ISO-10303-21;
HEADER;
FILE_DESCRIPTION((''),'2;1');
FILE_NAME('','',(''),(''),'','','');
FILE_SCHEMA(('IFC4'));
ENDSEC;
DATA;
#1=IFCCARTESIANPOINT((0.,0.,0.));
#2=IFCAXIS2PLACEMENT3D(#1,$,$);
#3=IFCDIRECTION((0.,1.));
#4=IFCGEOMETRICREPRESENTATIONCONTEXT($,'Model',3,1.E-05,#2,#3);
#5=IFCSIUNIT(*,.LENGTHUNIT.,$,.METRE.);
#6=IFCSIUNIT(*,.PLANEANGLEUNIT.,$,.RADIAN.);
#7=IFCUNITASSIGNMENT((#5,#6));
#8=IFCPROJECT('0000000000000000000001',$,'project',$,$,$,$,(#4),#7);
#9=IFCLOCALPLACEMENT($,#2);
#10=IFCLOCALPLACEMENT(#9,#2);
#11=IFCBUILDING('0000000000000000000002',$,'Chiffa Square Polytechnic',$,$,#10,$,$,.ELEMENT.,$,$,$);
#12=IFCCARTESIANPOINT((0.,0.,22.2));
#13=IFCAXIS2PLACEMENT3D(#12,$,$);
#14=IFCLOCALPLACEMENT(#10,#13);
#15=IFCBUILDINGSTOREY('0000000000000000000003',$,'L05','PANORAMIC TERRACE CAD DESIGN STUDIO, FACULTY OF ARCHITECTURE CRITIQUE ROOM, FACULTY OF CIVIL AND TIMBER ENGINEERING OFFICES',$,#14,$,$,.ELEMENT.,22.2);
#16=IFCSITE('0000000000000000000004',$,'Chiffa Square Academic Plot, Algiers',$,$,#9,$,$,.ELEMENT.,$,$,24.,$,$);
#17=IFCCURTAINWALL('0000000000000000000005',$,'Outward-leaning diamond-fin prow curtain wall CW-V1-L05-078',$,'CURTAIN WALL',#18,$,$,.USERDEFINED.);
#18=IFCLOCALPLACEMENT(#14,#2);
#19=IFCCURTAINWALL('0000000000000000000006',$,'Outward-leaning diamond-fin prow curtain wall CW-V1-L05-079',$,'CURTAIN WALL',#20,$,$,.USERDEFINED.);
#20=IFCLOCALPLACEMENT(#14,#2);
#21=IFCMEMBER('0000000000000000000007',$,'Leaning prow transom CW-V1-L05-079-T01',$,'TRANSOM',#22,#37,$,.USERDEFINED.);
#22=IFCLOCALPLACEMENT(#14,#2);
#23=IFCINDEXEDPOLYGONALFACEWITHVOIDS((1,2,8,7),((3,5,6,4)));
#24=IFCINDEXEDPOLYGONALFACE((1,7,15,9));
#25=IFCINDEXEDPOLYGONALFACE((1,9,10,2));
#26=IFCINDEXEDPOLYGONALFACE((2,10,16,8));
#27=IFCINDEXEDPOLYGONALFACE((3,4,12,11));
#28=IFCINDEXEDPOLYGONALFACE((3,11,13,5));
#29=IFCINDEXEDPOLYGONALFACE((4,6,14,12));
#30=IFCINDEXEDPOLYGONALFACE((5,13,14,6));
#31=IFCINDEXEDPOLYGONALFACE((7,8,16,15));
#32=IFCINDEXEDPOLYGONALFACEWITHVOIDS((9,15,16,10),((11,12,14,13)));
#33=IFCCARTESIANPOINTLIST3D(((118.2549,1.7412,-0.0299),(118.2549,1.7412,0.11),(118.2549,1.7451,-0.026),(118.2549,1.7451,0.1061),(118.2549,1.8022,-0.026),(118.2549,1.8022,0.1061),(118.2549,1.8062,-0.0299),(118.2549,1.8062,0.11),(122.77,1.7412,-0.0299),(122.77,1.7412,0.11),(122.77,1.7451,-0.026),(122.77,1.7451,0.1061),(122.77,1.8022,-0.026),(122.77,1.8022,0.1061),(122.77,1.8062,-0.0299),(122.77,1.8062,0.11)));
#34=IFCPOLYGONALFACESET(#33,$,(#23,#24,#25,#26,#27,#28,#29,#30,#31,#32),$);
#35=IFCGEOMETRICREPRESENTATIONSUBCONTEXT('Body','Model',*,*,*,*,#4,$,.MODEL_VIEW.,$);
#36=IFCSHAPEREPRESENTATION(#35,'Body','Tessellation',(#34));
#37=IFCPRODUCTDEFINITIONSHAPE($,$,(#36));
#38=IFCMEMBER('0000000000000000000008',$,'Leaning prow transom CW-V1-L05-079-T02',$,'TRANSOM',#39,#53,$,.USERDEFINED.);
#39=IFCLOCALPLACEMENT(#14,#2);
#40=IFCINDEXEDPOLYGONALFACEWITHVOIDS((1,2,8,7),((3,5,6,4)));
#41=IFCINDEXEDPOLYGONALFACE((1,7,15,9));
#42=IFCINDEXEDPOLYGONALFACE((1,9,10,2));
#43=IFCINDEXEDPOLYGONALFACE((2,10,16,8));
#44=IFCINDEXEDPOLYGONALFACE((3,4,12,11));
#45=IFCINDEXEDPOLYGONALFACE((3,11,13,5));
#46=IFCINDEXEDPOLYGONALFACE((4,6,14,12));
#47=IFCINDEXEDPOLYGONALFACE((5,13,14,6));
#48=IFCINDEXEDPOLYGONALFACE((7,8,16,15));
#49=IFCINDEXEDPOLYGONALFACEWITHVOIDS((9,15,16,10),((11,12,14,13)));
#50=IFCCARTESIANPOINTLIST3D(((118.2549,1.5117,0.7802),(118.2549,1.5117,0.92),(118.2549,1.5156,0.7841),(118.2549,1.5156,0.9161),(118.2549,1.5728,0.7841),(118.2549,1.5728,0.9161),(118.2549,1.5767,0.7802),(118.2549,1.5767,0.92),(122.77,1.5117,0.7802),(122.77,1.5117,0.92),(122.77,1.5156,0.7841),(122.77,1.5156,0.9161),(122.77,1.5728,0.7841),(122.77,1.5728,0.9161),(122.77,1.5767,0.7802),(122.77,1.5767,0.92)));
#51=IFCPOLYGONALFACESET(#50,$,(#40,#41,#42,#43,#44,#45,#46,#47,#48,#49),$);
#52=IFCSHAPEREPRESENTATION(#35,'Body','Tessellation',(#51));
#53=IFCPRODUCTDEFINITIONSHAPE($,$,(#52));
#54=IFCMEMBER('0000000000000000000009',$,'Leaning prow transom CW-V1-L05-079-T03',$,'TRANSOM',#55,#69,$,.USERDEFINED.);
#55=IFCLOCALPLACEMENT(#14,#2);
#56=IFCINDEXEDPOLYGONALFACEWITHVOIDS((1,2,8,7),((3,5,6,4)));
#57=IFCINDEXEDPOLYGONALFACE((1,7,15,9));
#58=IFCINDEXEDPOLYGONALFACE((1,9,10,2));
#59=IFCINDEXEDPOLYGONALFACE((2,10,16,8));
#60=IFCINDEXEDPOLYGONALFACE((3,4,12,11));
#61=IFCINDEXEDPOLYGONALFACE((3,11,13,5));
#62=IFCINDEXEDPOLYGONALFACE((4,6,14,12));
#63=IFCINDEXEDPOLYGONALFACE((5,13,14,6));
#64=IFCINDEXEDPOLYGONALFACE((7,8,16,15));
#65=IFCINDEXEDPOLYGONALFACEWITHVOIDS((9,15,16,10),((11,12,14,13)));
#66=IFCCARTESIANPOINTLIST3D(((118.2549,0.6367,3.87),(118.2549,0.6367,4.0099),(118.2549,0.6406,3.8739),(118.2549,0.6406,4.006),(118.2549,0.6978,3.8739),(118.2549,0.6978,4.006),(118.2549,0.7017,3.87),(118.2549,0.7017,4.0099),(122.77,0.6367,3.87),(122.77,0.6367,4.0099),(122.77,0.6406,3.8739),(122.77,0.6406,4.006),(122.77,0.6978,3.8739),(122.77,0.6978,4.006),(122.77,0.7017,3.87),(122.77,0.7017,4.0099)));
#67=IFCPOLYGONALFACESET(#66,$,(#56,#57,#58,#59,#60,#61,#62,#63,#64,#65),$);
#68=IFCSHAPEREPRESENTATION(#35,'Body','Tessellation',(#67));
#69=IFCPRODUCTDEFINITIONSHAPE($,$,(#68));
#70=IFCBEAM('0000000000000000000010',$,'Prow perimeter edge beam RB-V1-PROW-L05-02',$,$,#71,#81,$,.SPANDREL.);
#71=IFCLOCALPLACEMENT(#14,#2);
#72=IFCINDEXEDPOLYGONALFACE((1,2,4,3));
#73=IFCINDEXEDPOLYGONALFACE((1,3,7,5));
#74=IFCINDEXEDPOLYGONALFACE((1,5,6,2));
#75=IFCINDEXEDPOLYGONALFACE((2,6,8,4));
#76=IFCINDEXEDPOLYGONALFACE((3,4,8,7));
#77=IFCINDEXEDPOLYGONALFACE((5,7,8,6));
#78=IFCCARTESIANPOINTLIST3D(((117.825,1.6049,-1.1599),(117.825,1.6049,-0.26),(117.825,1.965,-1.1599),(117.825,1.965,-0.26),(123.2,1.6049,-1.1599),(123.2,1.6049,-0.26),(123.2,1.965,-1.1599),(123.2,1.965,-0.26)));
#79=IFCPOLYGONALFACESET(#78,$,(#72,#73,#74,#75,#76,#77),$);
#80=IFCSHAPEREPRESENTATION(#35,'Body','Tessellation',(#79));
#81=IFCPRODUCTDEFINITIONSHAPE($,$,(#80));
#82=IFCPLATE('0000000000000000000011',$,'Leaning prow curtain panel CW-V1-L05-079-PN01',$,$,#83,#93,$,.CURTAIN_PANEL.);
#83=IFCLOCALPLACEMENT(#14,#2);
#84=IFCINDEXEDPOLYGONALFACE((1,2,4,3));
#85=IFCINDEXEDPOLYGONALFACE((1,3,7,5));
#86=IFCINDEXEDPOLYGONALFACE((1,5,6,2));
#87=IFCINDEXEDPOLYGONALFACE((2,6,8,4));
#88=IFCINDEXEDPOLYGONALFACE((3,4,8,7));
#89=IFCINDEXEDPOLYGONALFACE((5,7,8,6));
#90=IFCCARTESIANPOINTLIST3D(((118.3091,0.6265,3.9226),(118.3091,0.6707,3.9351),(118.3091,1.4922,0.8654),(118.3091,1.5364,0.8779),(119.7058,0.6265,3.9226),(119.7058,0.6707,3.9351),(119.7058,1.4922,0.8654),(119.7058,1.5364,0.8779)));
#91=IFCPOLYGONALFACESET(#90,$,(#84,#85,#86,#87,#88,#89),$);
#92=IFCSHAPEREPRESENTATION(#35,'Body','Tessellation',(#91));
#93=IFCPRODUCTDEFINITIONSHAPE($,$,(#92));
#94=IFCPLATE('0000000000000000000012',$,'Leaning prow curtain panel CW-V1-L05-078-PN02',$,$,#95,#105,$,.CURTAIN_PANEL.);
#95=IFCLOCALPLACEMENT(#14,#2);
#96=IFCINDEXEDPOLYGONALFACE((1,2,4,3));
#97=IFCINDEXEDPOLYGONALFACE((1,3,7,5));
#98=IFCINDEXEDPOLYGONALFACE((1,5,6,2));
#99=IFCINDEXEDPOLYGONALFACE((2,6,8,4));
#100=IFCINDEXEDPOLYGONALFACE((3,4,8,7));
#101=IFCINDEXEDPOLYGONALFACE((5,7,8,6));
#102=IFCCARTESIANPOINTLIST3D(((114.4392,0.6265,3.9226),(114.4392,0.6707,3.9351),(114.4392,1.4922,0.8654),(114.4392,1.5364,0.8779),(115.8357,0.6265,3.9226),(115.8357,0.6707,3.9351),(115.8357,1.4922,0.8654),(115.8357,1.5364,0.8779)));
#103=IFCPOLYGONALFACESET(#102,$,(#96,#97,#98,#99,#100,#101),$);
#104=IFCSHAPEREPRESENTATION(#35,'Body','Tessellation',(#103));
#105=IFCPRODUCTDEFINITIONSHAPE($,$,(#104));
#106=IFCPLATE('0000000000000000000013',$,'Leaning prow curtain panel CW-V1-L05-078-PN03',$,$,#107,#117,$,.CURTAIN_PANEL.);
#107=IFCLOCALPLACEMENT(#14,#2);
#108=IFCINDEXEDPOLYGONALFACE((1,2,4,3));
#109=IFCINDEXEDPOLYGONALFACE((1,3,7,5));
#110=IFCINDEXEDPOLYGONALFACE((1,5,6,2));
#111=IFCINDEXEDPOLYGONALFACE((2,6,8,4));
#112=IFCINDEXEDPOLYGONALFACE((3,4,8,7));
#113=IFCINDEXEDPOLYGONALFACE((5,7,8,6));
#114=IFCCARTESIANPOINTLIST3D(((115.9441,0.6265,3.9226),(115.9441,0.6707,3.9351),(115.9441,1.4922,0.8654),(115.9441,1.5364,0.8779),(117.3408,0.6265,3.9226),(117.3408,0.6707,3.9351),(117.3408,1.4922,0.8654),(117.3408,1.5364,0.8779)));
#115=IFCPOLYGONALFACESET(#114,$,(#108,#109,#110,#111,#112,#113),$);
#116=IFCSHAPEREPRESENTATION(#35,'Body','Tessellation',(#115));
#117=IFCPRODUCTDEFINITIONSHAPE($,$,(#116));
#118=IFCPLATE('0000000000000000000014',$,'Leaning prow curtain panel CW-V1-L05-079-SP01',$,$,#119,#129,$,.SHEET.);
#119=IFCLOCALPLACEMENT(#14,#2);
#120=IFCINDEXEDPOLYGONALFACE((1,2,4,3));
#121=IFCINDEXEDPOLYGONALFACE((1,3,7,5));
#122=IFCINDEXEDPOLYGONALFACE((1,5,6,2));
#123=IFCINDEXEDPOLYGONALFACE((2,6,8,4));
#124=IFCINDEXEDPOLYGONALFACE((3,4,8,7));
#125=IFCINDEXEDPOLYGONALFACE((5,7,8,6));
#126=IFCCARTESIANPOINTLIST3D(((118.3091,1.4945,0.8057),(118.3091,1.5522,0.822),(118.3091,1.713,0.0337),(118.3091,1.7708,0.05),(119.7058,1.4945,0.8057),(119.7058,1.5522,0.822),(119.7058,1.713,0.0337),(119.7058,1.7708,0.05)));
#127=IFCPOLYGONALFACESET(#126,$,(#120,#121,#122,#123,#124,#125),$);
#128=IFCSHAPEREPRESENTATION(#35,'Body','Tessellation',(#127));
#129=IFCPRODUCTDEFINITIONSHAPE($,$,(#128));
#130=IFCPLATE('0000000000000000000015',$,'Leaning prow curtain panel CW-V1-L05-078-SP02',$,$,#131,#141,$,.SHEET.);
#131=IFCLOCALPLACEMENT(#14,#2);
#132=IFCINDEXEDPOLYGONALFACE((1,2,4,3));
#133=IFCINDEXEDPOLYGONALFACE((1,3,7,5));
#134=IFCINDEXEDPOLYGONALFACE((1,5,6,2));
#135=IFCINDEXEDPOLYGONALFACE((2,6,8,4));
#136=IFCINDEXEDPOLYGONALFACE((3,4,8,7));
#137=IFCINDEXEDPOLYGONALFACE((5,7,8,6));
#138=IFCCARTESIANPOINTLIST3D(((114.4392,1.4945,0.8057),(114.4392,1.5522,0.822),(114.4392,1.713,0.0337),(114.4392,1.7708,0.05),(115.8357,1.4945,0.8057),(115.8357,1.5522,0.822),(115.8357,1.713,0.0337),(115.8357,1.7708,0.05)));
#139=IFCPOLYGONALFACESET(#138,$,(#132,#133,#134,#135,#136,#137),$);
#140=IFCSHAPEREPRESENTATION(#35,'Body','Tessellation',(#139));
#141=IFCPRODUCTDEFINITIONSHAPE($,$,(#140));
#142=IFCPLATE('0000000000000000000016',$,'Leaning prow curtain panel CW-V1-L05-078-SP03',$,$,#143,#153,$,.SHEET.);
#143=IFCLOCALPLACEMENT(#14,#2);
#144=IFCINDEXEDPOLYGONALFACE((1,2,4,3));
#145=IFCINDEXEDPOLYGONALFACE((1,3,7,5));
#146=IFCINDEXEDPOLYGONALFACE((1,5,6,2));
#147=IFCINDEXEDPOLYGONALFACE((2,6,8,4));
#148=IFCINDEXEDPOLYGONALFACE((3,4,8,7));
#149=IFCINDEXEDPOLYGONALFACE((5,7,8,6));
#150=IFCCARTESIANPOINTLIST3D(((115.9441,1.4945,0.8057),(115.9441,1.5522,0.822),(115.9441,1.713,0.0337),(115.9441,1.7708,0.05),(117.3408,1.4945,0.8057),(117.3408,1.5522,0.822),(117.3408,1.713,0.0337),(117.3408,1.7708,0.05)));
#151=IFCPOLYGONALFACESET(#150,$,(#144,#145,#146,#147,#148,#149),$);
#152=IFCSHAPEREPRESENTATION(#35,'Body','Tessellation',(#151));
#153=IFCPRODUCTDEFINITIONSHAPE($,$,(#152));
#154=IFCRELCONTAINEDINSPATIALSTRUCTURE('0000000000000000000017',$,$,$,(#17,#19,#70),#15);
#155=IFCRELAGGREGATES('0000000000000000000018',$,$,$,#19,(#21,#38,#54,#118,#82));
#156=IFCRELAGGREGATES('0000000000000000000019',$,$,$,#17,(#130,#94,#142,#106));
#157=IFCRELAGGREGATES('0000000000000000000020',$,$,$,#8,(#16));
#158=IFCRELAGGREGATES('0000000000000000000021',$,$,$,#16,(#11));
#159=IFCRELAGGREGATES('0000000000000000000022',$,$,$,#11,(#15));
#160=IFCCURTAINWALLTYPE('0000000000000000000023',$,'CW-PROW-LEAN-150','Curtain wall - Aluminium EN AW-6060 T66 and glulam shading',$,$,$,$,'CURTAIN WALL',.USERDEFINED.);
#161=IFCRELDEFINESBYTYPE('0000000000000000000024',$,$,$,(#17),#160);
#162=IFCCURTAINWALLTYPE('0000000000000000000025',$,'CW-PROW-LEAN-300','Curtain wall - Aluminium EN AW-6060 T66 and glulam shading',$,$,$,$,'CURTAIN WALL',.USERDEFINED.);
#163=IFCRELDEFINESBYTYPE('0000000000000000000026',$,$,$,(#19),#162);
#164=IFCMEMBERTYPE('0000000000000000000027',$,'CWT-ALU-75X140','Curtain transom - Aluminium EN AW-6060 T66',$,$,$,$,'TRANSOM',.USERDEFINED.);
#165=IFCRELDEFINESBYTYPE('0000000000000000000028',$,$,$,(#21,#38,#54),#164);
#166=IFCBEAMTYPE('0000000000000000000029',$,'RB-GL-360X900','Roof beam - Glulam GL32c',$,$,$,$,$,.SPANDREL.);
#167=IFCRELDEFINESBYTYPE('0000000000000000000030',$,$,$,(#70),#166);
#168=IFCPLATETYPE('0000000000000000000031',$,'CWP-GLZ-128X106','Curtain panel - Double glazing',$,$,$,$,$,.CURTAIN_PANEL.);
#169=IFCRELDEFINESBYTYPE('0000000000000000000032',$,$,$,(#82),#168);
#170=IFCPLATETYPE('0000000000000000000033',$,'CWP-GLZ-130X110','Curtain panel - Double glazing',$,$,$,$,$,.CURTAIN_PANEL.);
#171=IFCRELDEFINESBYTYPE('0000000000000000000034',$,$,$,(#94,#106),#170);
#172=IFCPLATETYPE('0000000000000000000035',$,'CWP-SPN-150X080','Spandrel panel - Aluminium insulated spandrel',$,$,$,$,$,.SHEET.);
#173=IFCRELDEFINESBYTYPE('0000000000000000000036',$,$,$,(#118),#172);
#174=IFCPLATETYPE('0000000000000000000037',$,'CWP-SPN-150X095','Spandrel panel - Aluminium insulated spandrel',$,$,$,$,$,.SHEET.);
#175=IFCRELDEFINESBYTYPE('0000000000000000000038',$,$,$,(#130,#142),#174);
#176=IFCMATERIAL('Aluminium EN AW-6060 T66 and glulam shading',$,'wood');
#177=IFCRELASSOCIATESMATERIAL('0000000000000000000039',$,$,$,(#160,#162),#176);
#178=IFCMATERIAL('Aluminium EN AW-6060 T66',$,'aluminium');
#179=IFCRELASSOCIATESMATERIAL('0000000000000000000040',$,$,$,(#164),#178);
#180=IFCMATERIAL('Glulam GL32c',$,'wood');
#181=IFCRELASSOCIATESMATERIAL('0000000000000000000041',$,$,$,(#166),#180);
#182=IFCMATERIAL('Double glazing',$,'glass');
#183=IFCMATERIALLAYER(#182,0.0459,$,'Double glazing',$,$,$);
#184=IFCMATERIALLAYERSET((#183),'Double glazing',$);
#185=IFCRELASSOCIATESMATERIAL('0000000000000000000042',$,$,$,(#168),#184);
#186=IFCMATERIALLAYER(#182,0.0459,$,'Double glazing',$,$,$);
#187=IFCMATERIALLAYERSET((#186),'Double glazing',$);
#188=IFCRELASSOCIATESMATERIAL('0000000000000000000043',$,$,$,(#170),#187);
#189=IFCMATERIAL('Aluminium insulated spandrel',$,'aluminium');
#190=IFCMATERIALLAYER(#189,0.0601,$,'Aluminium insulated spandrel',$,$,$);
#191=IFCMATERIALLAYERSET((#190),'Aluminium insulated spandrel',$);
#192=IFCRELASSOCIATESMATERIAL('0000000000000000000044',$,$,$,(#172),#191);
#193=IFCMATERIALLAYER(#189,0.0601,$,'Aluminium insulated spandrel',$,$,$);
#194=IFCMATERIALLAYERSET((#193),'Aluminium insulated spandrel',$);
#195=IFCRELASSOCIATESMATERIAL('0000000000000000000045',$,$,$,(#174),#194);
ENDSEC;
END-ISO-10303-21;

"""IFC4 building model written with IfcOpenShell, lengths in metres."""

from ifc_helpers import new_model, si_unit, direction, frame, origin, origin_2d, place, context, subcontext, project, spatial, polyline, rectangle, hollow_rectangle, outline, extrude, material, layer, layer_set, material_profile, profile_set, type_object, element, aggregate, save


model = new_model("IFC4")

# Units and contexts
model_context = context("Model", 3, precision=1e-05, world=origin(), true_north=direction((0.0, 1.0)))
body_context = subcontext(model_context, "Body", "Model", "MODEL_VIEW")
ifc_project = project(units=[si_unit("LENGTHUNIT", "METRE"), si_unit("PLANEANGLEUNIT", "RADIAN")], contexts=[model_context])

# Site, building, storey
site_placement = place(None, origin())
site = spatial("IfcSite", under=ifc_project, at=site_placement, Name="Chiffa Square Academic Plot, Algiers", CompositionType="ELEMENT", RefElevation=24.0)
building_placement = place(site_placement, origin())
building = spatial("IfcBuilding", under=site, at=building_placement, Name="Chiffa Square Polytechnic", CompositionType="ELEMENT")
storey_placement = place(building_placement, frame((0.0, 0.0, 22.2)))
storey = spatial("IfcBuildingStorey", under=building, at=storey_placement, Name="L05", Description="PANORAMIC TERRACE CAD DESIGN STUDIO, FACULTY OF ARCHITECTURE CRITIQUE ROOM, FACULTY OF CIVIL AND TIMBER ENGINEERING OFFICES", CompositionType="ELEMENT", Elevation=22.2)

# Shared definitions
ifc_material_1 = material(Name="Glulam GL32c", Category="wood")

# Curtain wall
ifc_material_2 = material(Name="Aluminium EN AW-6060 T66 and glulam shading", Category="wood")
curtain_wall_type_1 = type_object("IfcCurtainWallType", Name="CW-PROW-LEAN-150", Description="Curtain wall - Aluminium EN AW-6060 T66 and glulam shading", ElementType="CURTAIN WALL", PredefinedType="USERDEFINED", material=ifc_material_2)
curtain_wall_1_placement = place(storey_placement, origin())
curtain_wall_1 = element("IfcCurtainWall", 1, at=curtain_wall_1_placement, inside=storey, type_object=curtain_wall_type_1, Name="Outward-leaning diamond-fin prow curtain wall CW-V1-L05-078", ObjectType="CURTAIN WALL", PredefinedType="USERDEFINED")
ifc_material_3 = material(Name="Aluminium EN AW-6060 T66", Category="aluminium")

# Curtain wall
curtain_wall_type_2 = type_object("IfcCurtainWallType", Name="CW-PROW-LEAN-300", Description="Curtain wall - Aluminium EN AW-6060 T66 and glulam shading", ElementType="CURTAIN WALL", PredefinedType="USERDEFINED", material=ifc_material_2)
curtain_wall_2_placement = place(storey_placement, origin())
curtain_wall_2 = element("IfcCurtainWall", 2, at=curtain_wall_2_placement, inside=storey, type_object=curtain_wall_type_2, Name="Outward-leaning diamond-fin prow curtain wall CW-V1-L05-079", ObjectType="CURTAIN WALL", PredefinedType="USERDEFINED")

# Members
ifc_material_profile_1 = material_profile(ifc_material_3, hollow_rectangle(XDim=0.0649, YDim=0.1399, WallThickness=0.0039, at=origin_2d()), Name="ALU 65x140x4")
ifc_profile_set_1 = profile_set([ifc_material_profile_1], Name="Aluminium EN AW-6060 T66")
member_type_1 = type_object("IfcMemberType", Name="CWT-ALU-75X140", Description="Curtain transom - Aluminium EN AW-6060 T66", ElementType="TRANSOM", PredefinedType="USERDEFINED", material=ifc_profile_set_1)
member_1_placement = place(storey_placement, frame((118.2549, 1.7737, 0.04), z_axis=(1.0, 0.0, 0.0), x_axis=(0.0, 1.0, 0.0)))
member_1 = element("IfcMember", 3, at=member_1_placement, type_object=member_type_1, Name="Leaning prow transom CW-V1-L05-079-T01", ObjectType="TRANSOM", PredefinedType="USERDEFINED", context=body_context, shape_type="SweptSolid", body=[
    extrude(hollow_rectangle(XDim=0.0649, YDim=0.1399, WallThickness=0.0039, at=origin_2d()), origin(), (0.0, 0.0, 1.0), 4.5151),
])
member_2_placement = place(storey_placement, frame((118.2549, 1.5442, 0.8501), z_axis=(1.0, 0.0, 0.0), x_axis=(0.0, 1.0, 0.0)))
member_2 = element("IfcMember", 4, at=member_2_placement, type_object=member_type_1, Name="Leaning prow transom CW-V1-L05-079-T02", ObjectType="TRANSOM", PredefinedType="USERDEFINED", context=body_context, shape_type="SweptSolid", body=[
    extrude(hollow_rectangle(XDim=0.0649, YDim=0.1399, WallThickness=0.0039, at=origin_2d()), origin(), (0.0, 0.0, 1.0), 4.5151),
])
member_3_placement = place(storey_placement, frame((118.2549, 0.6692, 3.9399), z_axis=(1.0, 0.0, 0.0), x_axis=(0.0, 1.0, 0.0)))
member_3 = element("IfcMember", 5, at=member_3_placement, type_object=member_type_1, Name="Leaning prow transom CW-V1-L05-079-T03", ObjectType="TRANSOM", PredefinedType="USERDEFINED", context=body_context, shape_type="SweptSolid", body=[
    extrude(hollow_rectangle(XDim=0.0649, YDim=0.1399, WallThickness=0.0039, at=origin_2d()), origin(), (0.0, 0.0, 1.0), 4.5151),
])

# Beam
ifc_material_profile_2 = material_profile(ifc_material_1, rectangle(XDim=0.3601, YDim=0.8999, at=origin_2d()), Name="GL32c 360x900")
ifc_profile_set_2 = profile_set([ifc_material_profile_2], Name="Glulam GL32c")
beam_type = type_object("IfcBeamType", Name="RB-GL-360X900", Description="Roof beam - Glulam GL32c", PredefinedType="SPANDREL", material=ifc_profile_set_2)
beam_placement = place(storey_placement, frame((117.825, 1.7849, -0.71), z_axis=(1.0, 0.0, 0.0), x_axis=(0.0, 1.0, 0.0)))
element("IfcBeam", 6, at=beam_placement, inside=storey, type_object=beam_type, Name="Prow perimeter edge beam RB-V1-PROW-L05-02", PredefinedType="SPANDREL", context=body_context, shape_type="SweptSolid", body=[
    extrude(rectangle(XDim=0.3601, YDim=0.8999, at=origin_2d()), origin(), (0.0, 0.0, 1.0), 5.375),
])

# Plates
ifc_material_4 = material(Name="Double glazing", Category="glass")
ifc_layer_1 = layer(ifc_material_4, 0.0459, Name="Double glazing")
ifc_layer_set_1 = layer_set([ifc_layer_1], Name="Double glazing")
plate_type_1 = type_object("IfcPlateType", Name="CWP-GLZ-128X106", Description="Curtain panel - Double glazing", PredefinedType="CURTAIN_PANEL", material=ifc_layer_set_1)
plate_1_placement = place(storey_placement, frame((118.3091, 1.5364, 0.8779), z_axis=(0.0, 0.962165, 0.272467), x_axis=(1.0, 0.0, 0.0)))
plate_1 = element("IfcPlate", 7, at=plate_1_placement, type_object=plate_type_1, Name="Leaning prow curtain panel CW-V1-L05-079-PN01", PredefinedType="CURTAIN_PANEL", context=body_context, shape_type="SweptSolid", body=[
    extrude(outline(polyline([(0.0, 0.0), (1.3967, 0.0), (1.3967, -3.1773), (0.0, -3.1773), (0.0, 0.0)])), origin(), (0.0, 0.0, -1.0), 0.0459),
])
ifc_layer_2 = layer(ifc_material_4, 0.0459, Name="Double glazing")
ifc_layer_set_2 = layer_set([ifc_layer_2], Name="Double glazing")
plate_type_2 = type_object("IfcPlateType", Name="CWP-GLZ-130X110", Description="Curtain panel - Double glazing", PredefinedType="CURTAIN_PANEL", material=ifc_layer_set_2)
plate_2_placement = place(storey_placement, frame((114.4392, 1.5364, 0.8779), z_axis=(0.0, 0.962165, 0.272467), x_axis=(1.0, 0.0, 0.0)))
plate_2 = element("IfcPlate", 8, at=plate_2_placement, type_object=plate_type_2, Name="Leaning prow curtain panel CW-V1-L05-078-PN02", PredefinedType="CURTAIN_PANEL", context=body_context, shape_type="SweptSolid", body=[
    extrude(outline(polyline([(0.0, 0.0), (1.3965, 0.0), (1.3965, -3.1773), (0.0, -3.1773), (0.0, 0.0)])), origin(), (0.0, 0.0, -1.0), 0.0459),
])
plate_3_placement = place(storey_placement, frame((115.9441, 1.5364, 0.8779), z_axis=(0.0, 0.962165, 0.272467), x_axis=(1.0, 0.0, 0.0)))
plate_3 = element("IfcPlate", 9, at=plate_3_placement, type_object=plate_type_2, Name="Leaning prow curtain panel CW-V1-L05-078-PN03", PredefinedType="CURTAIN_PANEL", context=body_context, shape_type="SweptSolid", body=[
    extrude(outline(polyline([(0.0, 0.0), (1.3967, 0.0), (1.3967, -3.1773), (0.0, -3.1773), (0.0, 0.0)])), origin(), (0.0, 0.0, -1.0), 0.0459),
])
ifc_material_5 = material(Name="Aluminium insulated spandrel", Category="aluminium")
ifc_layer_3 = layer(ifc_material_5, 0.0601, Name="Aluminium insulated spandrel")
ifc_layer_set_3 = layer_set([ifc_layer_3], Name="Aluminium insulated spandrel")
plate_type_3 = type_object("IfcPlateType", Name="CWP-SPN-150X080", Description="Spandrel panel - Aluminium insulated spandrel", PredefinedType="SHEET", material=ifc_layer_set_3)
plate_4_placement = place(storey_placement, frame((118.3091, 1.7708, 0.05), z_axis=(0.0, 0.962199, 0.272349), x_axis=(1.0, 0.0, 0.0)))
plate_4 = element("IfcPlate", 10, at=plate_4_placement, type_object=plate_type_3, Name="Leaning prow curtain panel CW-V1-L05-079-SP01", PredefinedType="SHEET", context=body_context, shape_type="SweptSolid", body=[
    extrude(outline(polyline([(0.0, 0.0), (1.3967, 0.0), (1.3967, -0.8023), (0.0, -0.8023), (0.0, 0.0)])), origin(), (0.0, 0.0, -1.0), 0.0601),
])
aggregate(curtain_wall_2, [member_1, member_2, member_3, plate_4, plate_1])
ifc_layer_4 = layer(ifc_material_5, 0.0601, Name="Aluminium insulated spandrel")
ifc_layer_set_4 = layer_set([ifc_layer_4], Name="Aluminium insulated spandrel")
plate_type_4 = type_object("IfcPlateType", Name="CWP-SPN-150X095", Description="Spandrel panel - Aluminium insulated spandrel", PredefinedType="SHEET", material=ifc_layer_set_4)
plate_5_placement = place(storey_placement, frame((114.4392, 1.7708, 0.05), z_axis=(0.0, 0.962199, 0.272349), x_axis=(1.0, 0.0, 0.0)))
plate_5 = element("IfcPlate", 11, at=plate_5_placement, type_object=plate_type_4, Name="Leaning prow curtain panel CW-V1-L05-078-SP02", PredefinedType="SHEET", context=body_context, shape_type="SweptSolid", body=[
    extrude(outline(polyline([(0.0, 0.0), (1.3965, 0.0), (1.3965, -0.8023), (0.0, -0.8023), (0.0, 0.0)])), origin(), (0.0, 0.0, -1.0), 0.0601),
])
plate_6_placement = place(storey_placement, frame((115.9441, 1.7708, 0.05), z_axis=(0.0, 0.962199, 0.272349), x_axis=(1.0, 0.0, 0.0)))
plate_6 = element("IfcPlate", 12, at=plate_6_placement, type_object=plate_type_4, Name="Leaning prow curtain panel CW-V1-L05-078-SP03", PredefinedType="SHEET", context=body_context, shape_type="SweptSolid", body=[
    extrude(outline(polyline([(0.0, 0.0), (1.3967, 0.0), (1.3967, -0.8023), (0.0, -0.8023), (0.0, 0.0)])), origin(), (0.0, 0.0, -1.0), 0.0601),
])
aggregate(curtain_wall_1, [plate_5, plate_2, plate_6, plate_3])

save(model, "model.ifc")
